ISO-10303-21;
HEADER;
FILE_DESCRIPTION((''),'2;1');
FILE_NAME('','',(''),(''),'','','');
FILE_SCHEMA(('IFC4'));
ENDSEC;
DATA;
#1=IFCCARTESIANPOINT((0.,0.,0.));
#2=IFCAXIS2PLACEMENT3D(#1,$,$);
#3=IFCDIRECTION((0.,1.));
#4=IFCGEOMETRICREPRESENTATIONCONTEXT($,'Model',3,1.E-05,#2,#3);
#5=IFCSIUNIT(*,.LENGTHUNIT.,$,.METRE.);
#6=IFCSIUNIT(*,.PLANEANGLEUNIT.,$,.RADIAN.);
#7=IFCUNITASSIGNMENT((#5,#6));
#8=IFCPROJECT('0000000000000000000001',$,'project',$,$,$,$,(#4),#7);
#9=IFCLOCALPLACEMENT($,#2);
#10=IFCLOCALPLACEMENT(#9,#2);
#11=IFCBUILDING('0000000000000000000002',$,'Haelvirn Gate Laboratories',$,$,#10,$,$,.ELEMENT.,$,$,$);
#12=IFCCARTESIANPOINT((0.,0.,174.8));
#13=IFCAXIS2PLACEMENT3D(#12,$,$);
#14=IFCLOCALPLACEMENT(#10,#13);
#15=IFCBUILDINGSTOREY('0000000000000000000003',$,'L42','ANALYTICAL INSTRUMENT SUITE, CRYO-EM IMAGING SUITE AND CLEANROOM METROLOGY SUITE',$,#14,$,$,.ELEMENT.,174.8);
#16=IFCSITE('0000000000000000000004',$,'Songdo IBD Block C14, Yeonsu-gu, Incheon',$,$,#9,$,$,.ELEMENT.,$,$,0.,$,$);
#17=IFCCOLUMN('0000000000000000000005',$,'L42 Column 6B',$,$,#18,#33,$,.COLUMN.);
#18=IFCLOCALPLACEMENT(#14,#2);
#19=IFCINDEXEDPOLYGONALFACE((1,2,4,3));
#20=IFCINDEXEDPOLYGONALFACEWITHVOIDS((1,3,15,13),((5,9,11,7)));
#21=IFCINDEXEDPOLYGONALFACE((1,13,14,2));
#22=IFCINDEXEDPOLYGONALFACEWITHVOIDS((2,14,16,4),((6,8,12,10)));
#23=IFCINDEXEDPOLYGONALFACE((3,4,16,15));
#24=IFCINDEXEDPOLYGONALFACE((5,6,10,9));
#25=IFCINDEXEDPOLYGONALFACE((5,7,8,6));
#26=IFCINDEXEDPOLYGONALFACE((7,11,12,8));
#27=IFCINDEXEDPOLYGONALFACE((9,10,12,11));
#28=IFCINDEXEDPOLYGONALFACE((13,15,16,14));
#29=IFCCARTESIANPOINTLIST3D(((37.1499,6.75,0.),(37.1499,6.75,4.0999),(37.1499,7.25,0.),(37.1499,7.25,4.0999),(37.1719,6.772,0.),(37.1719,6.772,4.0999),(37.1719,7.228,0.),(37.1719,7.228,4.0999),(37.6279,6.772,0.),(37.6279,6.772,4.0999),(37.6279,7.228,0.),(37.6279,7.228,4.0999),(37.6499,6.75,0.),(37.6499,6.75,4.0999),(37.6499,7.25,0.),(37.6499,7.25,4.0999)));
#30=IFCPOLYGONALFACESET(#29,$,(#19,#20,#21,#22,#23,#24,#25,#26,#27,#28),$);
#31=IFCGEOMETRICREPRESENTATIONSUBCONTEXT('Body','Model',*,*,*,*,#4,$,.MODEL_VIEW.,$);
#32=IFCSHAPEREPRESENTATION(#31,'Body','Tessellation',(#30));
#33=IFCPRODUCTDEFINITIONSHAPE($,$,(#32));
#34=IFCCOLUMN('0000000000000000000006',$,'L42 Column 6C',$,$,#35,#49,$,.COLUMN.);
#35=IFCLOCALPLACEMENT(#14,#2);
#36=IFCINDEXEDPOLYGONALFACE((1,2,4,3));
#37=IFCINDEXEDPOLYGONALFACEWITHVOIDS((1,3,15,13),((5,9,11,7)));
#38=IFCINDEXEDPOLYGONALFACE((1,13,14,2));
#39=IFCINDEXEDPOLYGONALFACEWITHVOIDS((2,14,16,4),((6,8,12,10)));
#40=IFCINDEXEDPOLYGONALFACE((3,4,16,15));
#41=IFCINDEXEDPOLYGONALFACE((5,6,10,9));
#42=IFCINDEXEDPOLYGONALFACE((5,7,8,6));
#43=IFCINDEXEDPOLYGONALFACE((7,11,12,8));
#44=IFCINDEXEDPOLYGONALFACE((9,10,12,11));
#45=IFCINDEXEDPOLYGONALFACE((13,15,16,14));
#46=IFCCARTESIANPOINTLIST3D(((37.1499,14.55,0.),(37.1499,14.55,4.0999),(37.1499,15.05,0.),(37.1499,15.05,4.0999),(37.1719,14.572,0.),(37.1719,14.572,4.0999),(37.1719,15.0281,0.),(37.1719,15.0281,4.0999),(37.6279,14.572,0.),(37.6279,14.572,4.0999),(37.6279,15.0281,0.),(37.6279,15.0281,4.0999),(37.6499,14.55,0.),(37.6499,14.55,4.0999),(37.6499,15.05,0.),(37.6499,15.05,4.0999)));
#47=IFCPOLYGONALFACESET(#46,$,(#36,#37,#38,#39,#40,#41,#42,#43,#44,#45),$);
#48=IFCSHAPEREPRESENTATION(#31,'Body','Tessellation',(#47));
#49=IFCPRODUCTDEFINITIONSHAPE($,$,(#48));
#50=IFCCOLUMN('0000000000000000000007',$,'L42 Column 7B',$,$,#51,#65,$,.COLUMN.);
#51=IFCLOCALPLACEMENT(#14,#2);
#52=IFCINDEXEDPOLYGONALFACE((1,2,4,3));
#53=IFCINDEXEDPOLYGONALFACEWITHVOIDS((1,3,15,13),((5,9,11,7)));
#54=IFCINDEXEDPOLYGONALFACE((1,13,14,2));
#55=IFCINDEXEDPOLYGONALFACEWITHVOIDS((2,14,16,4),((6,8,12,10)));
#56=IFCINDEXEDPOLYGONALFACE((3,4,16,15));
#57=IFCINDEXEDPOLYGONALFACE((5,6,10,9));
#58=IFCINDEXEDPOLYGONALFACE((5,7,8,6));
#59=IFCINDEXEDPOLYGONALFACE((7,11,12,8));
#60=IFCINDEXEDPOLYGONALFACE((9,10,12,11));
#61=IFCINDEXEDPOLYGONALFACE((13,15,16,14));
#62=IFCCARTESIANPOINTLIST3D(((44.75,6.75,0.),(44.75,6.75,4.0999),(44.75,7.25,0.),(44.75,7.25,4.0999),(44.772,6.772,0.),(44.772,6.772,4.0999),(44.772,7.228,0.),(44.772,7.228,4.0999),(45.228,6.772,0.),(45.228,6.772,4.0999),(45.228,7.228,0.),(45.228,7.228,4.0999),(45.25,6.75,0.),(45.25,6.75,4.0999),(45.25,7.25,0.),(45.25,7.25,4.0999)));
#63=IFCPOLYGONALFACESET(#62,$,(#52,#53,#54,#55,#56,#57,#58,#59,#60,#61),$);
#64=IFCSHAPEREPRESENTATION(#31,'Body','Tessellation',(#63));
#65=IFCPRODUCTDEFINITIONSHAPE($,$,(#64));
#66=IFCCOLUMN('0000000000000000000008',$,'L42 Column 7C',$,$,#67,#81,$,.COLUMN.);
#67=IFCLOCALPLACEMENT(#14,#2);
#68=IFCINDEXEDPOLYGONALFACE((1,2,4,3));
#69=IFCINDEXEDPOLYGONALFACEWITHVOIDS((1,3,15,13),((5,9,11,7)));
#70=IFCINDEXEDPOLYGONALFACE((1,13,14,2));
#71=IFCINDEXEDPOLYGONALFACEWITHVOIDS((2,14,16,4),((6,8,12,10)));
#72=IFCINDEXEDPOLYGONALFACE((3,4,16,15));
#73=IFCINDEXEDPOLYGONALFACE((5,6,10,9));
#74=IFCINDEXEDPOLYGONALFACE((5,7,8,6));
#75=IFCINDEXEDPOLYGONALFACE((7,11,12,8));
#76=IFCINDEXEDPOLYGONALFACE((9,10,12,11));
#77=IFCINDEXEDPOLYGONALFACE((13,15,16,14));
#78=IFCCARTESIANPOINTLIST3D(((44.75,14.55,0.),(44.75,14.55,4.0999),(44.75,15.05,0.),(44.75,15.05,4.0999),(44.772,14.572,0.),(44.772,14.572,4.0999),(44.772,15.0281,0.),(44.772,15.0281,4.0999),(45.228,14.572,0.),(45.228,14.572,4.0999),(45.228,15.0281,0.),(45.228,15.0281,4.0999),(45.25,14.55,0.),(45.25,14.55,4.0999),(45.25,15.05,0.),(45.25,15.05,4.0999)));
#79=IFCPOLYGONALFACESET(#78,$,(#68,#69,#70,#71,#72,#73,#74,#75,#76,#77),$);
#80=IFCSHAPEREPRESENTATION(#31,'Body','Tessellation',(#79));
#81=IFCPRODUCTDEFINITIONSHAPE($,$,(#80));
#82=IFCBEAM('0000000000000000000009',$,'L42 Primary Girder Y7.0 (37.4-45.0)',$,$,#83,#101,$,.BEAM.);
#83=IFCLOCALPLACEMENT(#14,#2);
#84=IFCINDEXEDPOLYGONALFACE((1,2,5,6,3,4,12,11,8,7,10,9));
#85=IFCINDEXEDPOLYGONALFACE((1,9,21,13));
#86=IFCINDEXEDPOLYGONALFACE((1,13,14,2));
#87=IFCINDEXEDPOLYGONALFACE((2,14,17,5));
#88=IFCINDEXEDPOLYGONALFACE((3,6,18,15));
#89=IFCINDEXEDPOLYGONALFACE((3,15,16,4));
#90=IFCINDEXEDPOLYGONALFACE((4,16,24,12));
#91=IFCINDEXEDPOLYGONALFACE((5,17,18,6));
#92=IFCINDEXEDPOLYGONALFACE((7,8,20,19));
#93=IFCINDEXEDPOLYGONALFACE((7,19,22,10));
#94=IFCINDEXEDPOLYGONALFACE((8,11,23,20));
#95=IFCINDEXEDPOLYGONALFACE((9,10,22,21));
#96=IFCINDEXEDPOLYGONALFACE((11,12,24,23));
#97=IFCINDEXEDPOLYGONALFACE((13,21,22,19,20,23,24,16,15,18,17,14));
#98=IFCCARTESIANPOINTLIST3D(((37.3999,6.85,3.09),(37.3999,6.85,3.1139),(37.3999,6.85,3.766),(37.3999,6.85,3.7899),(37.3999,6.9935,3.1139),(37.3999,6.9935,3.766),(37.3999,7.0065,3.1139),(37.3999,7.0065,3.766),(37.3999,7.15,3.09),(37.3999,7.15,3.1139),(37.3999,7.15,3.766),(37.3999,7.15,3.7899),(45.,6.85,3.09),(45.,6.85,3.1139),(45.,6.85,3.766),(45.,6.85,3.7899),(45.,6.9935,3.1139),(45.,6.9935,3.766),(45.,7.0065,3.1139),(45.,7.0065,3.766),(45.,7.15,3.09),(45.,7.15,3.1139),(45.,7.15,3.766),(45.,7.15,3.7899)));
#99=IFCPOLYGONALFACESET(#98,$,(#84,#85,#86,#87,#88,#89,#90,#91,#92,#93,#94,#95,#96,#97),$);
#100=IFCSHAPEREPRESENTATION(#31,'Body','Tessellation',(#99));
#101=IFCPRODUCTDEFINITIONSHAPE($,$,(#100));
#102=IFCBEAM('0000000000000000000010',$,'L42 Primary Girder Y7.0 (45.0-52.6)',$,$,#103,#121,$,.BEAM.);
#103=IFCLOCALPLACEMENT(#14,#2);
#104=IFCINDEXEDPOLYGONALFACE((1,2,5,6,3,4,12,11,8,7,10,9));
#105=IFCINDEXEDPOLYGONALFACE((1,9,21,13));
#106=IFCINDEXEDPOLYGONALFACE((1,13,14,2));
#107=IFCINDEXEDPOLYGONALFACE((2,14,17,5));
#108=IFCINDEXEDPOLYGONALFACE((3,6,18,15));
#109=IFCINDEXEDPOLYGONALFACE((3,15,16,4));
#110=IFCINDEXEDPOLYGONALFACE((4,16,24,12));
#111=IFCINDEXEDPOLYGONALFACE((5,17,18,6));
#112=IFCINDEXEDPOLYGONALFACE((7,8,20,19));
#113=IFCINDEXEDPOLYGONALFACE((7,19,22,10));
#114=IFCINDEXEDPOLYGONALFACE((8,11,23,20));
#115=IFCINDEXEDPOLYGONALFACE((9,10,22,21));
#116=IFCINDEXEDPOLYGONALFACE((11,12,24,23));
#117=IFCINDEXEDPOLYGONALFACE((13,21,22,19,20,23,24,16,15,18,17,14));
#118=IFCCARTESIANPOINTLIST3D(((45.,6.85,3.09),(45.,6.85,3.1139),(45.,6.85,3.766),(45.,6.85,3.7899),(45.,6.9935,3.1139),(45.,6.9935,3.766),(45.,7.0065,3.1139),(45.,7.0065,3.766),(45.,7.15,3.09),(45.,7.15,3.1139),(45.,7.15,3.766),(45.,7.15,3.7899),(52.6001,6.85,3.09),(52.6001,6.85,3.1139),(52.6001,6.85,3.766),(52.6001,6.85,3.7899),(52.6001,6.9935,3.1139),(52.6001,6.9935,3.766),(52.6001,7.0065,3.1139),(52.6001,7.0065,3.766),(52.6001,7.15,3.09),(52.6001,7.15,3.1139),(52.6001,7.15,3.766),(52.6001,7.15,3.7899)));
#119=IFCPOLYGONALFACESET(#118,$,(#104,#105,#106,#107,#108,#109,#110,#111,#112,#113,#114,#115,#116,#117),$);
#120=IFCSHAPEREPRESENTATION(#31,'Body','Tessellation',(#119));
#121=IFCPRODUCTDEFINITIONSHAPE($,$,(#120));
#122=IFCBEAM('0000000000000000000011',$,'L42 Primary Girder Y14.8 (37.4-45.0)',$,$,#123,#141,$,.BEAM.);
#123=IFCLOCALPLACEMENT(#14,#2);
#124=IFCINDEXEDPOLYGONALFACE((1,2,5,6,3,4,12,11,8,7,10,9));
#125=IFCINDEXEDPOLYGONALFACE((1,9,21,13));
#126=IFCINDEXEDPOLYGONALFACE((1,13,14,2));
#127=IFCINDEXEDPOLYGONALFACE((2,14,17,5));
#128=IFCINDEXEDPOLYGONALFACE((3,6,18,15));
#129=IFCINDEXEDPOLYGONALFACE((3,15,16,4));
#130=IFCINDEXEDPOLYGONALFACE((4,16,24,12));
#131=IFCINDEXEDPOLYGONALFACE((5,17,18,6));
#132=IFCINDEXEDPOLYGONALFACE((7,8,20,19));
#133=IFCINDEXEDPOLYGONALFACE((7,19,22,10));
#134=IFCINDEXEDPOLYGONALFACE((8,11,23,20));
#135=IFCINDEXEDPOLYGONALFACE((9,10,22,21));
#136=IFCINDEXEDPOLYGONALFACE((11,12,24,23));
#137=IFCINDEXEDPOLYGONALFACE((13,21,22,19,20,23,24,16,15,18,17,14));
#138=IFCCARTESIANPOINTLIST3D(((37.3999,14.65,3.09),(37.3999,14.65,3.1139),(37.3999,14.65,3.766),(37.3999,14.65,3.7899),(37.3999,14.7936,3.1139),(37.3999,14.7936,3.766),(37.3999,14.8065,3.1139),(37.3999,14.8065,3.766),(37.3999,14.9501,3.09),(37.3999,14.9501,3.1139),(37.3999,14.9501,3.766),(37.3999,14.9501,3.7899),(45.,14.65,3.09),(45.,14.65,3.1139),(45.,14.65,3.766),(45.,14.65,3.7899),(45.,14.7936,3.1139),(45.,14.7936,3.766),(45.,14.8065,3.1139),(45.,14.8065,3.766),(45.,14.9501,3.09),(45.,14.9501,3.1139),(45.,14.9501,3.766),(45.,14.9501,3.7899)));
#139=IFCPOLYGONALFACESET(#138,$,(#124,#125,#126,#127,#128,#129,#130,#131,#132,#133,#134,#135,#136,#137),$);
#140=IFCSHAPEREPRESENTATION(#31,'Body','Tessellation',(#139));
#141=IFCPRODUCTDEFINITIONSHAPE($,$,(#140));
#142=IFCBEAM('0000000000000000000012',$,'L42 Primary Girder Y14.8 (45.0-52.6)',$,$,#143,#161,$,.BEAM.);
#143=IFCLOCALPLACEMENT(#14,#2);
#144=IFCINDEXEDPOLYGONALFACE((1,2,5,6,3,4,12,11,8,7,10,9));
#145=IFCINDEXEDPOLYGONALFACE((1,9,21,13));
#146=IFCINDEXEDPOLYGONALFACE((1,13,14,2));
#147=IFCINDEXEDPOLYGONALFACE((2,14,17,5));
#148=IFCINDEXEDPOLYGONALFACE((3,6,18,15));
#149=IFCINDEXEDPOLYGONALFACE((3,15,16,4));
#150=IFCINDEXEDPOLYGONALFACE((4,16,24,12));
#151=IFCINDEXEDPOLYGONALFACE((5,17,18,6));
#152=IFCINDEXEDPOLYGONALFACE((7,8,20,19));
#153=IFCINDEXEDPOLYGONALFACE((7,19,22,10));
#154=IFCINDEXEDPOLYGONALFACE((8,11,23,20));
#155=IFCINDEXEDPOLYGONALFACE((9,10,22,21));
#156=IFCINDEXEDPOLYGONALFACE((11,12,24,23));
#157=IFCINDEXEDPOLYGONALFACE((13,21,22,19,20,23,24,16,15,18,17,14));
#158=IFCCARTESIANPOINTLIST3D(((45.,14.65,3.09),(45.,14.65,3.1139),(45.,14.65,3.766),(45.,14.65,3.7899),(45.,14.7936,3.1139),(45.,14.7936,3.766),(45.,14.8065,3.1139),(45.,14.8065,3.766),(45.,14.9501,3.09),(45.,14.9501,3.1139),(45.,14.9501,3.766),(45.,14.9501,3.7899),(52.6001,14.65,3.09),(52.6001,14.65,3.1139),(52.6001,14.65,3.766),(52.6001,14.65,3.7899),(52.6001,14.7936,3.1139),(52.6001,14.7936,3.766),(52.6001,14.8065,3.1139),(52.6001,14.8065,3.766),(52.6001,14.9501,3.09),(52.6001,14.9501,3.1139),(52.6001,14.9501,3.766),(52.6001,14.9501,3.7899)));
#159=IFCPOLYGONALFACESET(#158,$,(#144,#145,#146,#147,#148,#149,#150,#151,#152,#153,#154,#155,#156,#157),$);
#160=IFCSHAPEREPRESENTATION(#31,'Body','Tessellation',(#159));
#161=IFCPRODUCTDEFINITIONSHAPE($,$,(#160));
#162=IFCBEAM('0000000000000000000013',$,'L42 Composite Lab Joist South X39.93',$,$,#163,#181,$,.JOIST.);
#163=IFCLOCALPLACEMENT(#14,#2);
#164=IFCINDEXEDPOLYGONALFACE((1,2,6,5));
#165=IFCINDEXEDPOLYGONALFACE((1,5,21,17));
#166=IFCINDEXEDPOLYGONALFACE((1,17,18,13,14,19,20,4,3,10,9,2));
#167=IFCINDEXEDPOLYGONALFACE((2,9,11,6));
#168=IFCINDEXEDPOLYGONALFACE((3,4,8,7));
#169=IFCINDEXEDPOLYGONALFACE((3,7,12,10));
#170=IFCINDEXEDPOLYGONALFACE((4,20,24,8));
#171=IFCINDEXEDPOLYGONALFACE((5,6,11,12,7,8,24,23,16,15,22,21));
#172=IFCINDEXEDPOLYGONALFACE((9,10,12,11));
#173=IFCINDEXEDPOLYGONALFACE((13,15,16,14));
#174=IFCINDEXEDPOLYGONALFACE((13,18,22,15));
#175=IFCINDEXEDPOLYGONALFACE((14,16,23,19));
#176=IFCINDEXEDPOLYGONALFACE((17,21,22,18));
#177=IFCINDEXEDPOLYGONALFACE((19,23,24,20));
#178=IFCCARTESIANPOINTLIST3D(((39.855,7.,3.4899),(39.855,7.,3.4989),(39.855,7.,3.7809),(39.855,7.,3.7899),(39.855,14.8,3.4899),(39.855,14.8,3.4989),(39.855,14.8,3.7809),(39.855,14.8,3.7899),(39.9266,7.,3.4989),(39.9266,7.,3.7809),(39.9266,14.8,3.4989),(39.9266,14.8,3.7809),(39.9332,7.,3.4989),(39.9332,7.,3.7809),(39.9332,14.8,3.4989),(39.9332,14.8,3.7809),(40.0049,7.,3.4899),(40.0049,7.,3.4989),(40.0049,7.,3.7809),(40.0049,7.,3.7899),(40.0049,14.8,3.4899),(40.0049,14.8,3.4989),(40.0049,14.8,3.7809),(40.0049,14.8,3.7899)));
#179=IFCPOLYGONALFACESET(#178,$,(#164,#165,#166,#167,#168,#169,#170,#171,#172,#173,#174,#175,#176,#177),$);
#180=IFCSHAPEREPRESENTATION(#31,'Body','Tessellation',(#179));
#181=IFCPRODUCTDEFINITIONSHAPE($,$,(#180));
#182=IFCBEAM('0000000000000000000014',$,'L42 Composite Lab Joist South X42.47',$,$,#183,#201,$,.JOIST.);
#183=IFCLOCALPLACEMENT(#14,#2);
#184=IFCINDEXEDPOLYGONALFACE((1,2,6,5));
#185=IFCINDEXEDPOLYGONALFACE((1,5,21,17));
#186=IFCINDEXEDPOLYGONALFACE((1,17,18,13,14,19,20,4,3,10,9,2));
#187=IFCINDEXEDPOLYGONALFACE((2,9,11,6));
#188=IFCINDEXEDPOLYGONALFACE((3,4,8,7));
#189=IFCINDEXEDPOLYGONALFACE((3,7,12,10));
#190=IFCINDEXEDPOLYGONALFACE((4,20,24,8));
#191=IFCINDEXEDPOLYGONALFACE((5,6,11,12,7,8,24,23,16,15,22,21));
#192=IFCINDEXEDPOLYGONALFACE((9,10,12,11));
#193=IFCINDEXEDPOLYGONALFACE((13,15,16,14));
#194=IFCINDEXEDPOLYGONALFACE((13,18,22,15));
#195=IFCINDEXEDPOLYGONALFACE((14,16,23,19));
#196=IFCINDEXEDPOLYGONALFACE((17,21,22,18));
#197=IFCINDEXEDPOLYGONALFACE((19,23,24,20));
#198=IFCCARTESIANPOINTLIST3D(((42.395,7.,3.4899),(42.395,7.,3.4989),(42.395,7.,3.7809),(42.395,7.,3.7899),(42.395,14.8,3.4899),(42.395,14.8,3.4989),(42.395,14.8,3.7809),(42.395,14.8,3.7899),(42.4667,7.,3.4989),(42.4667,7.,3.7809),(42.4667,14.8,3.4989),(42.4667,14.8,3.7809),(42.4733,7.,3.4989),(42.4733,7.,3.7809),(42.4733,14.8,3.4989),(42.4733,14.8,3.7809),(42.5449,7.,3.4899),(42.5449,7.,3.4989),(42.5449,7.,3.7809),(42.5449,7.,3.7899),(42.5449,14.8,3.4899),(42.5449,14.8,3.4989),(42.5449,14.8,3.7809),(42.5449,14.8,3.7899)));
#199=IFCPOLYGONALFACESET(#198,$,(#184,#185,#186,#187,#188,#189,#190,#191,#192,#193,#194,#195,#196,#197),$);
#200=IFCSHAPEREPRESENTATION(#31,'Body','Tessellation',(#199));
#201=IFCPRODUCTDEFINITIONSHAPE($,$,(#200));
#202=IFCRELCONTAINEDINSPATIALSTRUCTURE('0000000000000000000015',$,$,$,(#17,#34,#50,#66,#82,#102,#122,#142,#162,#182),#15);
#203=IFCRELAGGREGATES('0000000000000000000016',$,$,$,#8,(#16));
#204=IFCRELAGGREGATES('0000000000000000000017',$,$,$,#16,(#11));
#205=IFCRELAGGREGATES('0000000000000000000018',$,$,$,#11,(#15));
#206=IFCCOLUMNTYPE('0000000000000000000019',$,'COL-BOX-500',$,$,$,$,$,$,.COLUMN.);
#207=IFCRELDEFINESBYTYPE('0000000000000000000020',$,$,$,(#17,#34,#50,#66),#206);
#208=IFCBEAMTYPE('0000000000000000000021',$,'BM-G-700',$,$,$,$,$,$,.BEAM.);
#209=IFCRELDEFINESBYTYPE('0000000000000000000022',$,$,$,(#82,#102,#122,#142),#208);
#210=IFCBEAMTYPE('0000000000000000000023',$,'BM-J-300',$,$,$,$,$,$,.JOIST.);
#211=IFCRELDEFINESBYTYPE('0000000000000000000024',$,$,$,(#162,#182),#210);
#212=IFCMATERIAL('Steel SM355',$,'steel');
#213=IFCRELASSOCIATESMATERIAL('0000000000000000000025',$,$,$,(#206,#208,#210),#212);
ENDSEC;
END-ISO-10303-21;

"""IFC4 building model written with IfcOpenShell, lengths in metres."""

from ifc_helpers import new_model, si_unit, direction, frame, origin, origin_2d, place, context, subcontext, project, spatial, hollow_rectangle, i_section, extrude, source, transform, mapped, material, material_profile, profile_set, type_object, type_shapes, element, save


model = new_model("IFC4")

# Units and contexts
model_context = context("Model", 3, precision=1e-05, world=origin(), true_north=direction((0.0, 1.0)))
body_context = subcontext(model_context, "Body", "Model", "MODEL_VIEW")
ifc_project = project(units=[si_unit("LENGTHUNIT", "METRE"), si_unit("PLANEANGLEUNIT", "RADIAN")], contexts=[model_context])

# Site, building, storey
site_placement = place(None, origin())
site = spatial("IfcSite", under=ifc_project, at=site_placement, Name="Songdo IBD Block C14, Yeonsu-gu, Incheon", CompositionType="ELEMENT", RefElevation=0.0)
building_placement = place(site_placement, origin())
building = spatial("IfcBuilding", under=site, at=building_placement, Name="Haelvirn Gate Laboratories", CompositionType="ELEMENT")
storey_placement = place(building_placement, frame((0.0, 0.0, 174.8)))
storey = spatial("IfcBuildingStorey", under=building, at=storey_placement, Name="L42", Description="ANALYTICAL INSTRUMENT SUITE, CRYO-EM IMAGING SUITE AND CLEANROOM METROLOGY SUITE", CompositionType="ELEMENT", Elevation=174.8)

# Columns
ifc_material_1 = material(Name="Steel SM355", Category="steel")
ifc_material_profile_1 = material_profile(ifc_material_1, hollow_rectangle(XDim=0.5, YDim=0.5, WallThickness=0.022, at=origin_2d()), Name="BOX-500x500x22")
ifc_profile_set_1 = profile_set([ifc_material_profile_1], Name="Steel SM355")
column_type = type_object("IfcColumnType", Name="COL-BOX-500", PredefinedType="COLUMN", material=ifc_profile_set_1)
shared_shape_1 = source(origin(), body_context, "Body", "SweptSolid", [
    extrude(hollow_rectangle(XDim=0.5, YDim=0.5, WallThickness=0.022, at=origin_2d()), origin(), (0.0, 0.0, 1.0), 4.0999),
])
type_shapes(column_type, [shared_shape_1])
for number, where, z_axis, x_axis, name in (
    (1, (37.3999, 7.0, 0.0), (0.0, 0.0, 1.0), (1.0, 0.0, 0.0), "L42 Column 6B"),
    (2, (37.3999, 14.8, 0.0), (0.0, 0.0, 1.0), (1.0, 0.0, 0.0), "L42 Column 6C"),
    (3, (45.0, 7.0, 0.0), (0.0, 0.0, 1.0), (1.0, 0.0, 0.0), "L42 Column 7B"),
    (4, (45.0, 14.8, 0.0), (0.0, 0.0, 1.0), (1.0, 0.0, 0.0), "L42 Column 7C"),
):
    element("IfcColumn", number, at=place(storey_placement, frame(where, z_axis=z_axis, x_axis=x_axis)), inside=storey, type_object=column_type, Name=name, PredefinedType="COLUMN", context=body_context, shape_type="MappedRepresentation", body=[
        mapped(shared_shape_1, transform((0.0, 0.0, 0.0), scale=1.0)),
    ])

# Beams
ifc_material_profile_2 = material_profile(ifc_material_1, i_section(OverallWidth=0.3, OverallDepth=0.7, WebThickness=0.0129, FlangeThickness=0.0239, at=origin_2d()), Name="H-700x300x13x24")
ifc_profile_set_2 = profile_set([ifc_material_profile_2], Name="Steel SM355")
beam_type_1 = type_object("IfcBeamType", Name="BM-G-700", PredefinedType="BEAM", material=ifc_profile_set_2)
shared_shape_2 = source(origin(), body_context, "Body", "SweptSolid", [
    extrude(i_section(OverallWidth=0.3, OverallDepth=0.7, WebThickness=0.0129, FlangeThickness=0.0239, at=origin_2d()), origin(), (0.0, 0.0, 1.0), 7.6001),
])
type_shapes(beam_type_1, [shared_shape_2])
for number, where, z_axis, x_axis, name in (
    (5, (37.3999, 7.0, 3.4399), (1.0, 0.0, 0.0), (0.0, 1.0, 0.0), "L42 Primary Girder Y7.0 (37.4-45.0)"),
    (6, (45.0, 7.0, 3.4399), (1.0, 0.0, 0.0), (0.0, 1.0, 0.0), "L42 Primary Girder Y7.0 (45.0-52.6)"),
    (7, (37.3999, 14.8, 3.4399), (1.0, 0.0, 0.0), (0.0, 1.0, 0.0), "L42 Primary Girder Y14.8 (37.4-45.0)"),
    (8, (45.0, 14.8, 3.4399), (1.0, 0.0, 0.0), (0.0, 1.0, 0.0), "L42 Primary Girder Y14.8 (45.0-52.6)"),
):
    element("IfcBeam", number, at=place(storey_placement, frame(where, z_axis=z_axis, x_axis=x_axis)), inside=storey, type_object=beam_type_1, Name=name, PredefinedType="BEAM", context=body_context, shape_type="MappedRepresentation", body=[
        mapped(shared_shape_2, transform((0.0, 0.0, 0.0), scale=1.0)),
    ])
ifc_material_profile_3 = material_profile(ifc_material_1, i_section(OverallWidth=0.1499, OverallDepth=0.3, WebThickness=0.0066, FlangeThickness=0.009, at=origin_2d()), Name="H-300x150x6.5x9")
ifc_profile_set_3 = profile_set([ifc_material_profile_3], Name="Steel SM355")
beam_type_2 = type_object("IfcBeamType", Name="BM-J-300", PredefinedType="JOIST", material=ifc_profile_set_3)
shared_shape_3 = source(origin(), body_context, "Body", "SweptSolid", [
    extrude(i_section(OverallWidth=0.1499, OverallDepth=0.3, WebThickness=0.0066, FlangeThickness=0.009, at=origin_2d()), origin(), (0.0, 0.0, 1.0), 7.8),
])
type_shapes(beam_type_2, [shared_shape_3])
for number, where, z_axis, x_axis, name in (
    (9, (39.9299, 7.0, 3.6399), (0.0, 1.0, 0.0), (-1.0, 0.0, 0.0), "L42 Composite Lab Joist South X39.93"),
    (10, (42.47, 7.0, 3.6399), (0.0, 1.0, 0.0), (-1.0, 0.0, 0.0), "L42 Composite Lab Joist South X42.47"),
):
    element("IfcBeam", number, at=place(storey_placement, frame(where, z_axis=z_axis, x_axis=x_axis)), inside=storey, type_object=beam_type_2, Name=name, PredefinedType="JOIST", context=body_context, shape_type="MappedRepresentation", body=[
        mapped(shared_shape_3, transform((0.0, 0.0, 0.0), scale=1.0)),
    ])

save(model, "model.ifc")
